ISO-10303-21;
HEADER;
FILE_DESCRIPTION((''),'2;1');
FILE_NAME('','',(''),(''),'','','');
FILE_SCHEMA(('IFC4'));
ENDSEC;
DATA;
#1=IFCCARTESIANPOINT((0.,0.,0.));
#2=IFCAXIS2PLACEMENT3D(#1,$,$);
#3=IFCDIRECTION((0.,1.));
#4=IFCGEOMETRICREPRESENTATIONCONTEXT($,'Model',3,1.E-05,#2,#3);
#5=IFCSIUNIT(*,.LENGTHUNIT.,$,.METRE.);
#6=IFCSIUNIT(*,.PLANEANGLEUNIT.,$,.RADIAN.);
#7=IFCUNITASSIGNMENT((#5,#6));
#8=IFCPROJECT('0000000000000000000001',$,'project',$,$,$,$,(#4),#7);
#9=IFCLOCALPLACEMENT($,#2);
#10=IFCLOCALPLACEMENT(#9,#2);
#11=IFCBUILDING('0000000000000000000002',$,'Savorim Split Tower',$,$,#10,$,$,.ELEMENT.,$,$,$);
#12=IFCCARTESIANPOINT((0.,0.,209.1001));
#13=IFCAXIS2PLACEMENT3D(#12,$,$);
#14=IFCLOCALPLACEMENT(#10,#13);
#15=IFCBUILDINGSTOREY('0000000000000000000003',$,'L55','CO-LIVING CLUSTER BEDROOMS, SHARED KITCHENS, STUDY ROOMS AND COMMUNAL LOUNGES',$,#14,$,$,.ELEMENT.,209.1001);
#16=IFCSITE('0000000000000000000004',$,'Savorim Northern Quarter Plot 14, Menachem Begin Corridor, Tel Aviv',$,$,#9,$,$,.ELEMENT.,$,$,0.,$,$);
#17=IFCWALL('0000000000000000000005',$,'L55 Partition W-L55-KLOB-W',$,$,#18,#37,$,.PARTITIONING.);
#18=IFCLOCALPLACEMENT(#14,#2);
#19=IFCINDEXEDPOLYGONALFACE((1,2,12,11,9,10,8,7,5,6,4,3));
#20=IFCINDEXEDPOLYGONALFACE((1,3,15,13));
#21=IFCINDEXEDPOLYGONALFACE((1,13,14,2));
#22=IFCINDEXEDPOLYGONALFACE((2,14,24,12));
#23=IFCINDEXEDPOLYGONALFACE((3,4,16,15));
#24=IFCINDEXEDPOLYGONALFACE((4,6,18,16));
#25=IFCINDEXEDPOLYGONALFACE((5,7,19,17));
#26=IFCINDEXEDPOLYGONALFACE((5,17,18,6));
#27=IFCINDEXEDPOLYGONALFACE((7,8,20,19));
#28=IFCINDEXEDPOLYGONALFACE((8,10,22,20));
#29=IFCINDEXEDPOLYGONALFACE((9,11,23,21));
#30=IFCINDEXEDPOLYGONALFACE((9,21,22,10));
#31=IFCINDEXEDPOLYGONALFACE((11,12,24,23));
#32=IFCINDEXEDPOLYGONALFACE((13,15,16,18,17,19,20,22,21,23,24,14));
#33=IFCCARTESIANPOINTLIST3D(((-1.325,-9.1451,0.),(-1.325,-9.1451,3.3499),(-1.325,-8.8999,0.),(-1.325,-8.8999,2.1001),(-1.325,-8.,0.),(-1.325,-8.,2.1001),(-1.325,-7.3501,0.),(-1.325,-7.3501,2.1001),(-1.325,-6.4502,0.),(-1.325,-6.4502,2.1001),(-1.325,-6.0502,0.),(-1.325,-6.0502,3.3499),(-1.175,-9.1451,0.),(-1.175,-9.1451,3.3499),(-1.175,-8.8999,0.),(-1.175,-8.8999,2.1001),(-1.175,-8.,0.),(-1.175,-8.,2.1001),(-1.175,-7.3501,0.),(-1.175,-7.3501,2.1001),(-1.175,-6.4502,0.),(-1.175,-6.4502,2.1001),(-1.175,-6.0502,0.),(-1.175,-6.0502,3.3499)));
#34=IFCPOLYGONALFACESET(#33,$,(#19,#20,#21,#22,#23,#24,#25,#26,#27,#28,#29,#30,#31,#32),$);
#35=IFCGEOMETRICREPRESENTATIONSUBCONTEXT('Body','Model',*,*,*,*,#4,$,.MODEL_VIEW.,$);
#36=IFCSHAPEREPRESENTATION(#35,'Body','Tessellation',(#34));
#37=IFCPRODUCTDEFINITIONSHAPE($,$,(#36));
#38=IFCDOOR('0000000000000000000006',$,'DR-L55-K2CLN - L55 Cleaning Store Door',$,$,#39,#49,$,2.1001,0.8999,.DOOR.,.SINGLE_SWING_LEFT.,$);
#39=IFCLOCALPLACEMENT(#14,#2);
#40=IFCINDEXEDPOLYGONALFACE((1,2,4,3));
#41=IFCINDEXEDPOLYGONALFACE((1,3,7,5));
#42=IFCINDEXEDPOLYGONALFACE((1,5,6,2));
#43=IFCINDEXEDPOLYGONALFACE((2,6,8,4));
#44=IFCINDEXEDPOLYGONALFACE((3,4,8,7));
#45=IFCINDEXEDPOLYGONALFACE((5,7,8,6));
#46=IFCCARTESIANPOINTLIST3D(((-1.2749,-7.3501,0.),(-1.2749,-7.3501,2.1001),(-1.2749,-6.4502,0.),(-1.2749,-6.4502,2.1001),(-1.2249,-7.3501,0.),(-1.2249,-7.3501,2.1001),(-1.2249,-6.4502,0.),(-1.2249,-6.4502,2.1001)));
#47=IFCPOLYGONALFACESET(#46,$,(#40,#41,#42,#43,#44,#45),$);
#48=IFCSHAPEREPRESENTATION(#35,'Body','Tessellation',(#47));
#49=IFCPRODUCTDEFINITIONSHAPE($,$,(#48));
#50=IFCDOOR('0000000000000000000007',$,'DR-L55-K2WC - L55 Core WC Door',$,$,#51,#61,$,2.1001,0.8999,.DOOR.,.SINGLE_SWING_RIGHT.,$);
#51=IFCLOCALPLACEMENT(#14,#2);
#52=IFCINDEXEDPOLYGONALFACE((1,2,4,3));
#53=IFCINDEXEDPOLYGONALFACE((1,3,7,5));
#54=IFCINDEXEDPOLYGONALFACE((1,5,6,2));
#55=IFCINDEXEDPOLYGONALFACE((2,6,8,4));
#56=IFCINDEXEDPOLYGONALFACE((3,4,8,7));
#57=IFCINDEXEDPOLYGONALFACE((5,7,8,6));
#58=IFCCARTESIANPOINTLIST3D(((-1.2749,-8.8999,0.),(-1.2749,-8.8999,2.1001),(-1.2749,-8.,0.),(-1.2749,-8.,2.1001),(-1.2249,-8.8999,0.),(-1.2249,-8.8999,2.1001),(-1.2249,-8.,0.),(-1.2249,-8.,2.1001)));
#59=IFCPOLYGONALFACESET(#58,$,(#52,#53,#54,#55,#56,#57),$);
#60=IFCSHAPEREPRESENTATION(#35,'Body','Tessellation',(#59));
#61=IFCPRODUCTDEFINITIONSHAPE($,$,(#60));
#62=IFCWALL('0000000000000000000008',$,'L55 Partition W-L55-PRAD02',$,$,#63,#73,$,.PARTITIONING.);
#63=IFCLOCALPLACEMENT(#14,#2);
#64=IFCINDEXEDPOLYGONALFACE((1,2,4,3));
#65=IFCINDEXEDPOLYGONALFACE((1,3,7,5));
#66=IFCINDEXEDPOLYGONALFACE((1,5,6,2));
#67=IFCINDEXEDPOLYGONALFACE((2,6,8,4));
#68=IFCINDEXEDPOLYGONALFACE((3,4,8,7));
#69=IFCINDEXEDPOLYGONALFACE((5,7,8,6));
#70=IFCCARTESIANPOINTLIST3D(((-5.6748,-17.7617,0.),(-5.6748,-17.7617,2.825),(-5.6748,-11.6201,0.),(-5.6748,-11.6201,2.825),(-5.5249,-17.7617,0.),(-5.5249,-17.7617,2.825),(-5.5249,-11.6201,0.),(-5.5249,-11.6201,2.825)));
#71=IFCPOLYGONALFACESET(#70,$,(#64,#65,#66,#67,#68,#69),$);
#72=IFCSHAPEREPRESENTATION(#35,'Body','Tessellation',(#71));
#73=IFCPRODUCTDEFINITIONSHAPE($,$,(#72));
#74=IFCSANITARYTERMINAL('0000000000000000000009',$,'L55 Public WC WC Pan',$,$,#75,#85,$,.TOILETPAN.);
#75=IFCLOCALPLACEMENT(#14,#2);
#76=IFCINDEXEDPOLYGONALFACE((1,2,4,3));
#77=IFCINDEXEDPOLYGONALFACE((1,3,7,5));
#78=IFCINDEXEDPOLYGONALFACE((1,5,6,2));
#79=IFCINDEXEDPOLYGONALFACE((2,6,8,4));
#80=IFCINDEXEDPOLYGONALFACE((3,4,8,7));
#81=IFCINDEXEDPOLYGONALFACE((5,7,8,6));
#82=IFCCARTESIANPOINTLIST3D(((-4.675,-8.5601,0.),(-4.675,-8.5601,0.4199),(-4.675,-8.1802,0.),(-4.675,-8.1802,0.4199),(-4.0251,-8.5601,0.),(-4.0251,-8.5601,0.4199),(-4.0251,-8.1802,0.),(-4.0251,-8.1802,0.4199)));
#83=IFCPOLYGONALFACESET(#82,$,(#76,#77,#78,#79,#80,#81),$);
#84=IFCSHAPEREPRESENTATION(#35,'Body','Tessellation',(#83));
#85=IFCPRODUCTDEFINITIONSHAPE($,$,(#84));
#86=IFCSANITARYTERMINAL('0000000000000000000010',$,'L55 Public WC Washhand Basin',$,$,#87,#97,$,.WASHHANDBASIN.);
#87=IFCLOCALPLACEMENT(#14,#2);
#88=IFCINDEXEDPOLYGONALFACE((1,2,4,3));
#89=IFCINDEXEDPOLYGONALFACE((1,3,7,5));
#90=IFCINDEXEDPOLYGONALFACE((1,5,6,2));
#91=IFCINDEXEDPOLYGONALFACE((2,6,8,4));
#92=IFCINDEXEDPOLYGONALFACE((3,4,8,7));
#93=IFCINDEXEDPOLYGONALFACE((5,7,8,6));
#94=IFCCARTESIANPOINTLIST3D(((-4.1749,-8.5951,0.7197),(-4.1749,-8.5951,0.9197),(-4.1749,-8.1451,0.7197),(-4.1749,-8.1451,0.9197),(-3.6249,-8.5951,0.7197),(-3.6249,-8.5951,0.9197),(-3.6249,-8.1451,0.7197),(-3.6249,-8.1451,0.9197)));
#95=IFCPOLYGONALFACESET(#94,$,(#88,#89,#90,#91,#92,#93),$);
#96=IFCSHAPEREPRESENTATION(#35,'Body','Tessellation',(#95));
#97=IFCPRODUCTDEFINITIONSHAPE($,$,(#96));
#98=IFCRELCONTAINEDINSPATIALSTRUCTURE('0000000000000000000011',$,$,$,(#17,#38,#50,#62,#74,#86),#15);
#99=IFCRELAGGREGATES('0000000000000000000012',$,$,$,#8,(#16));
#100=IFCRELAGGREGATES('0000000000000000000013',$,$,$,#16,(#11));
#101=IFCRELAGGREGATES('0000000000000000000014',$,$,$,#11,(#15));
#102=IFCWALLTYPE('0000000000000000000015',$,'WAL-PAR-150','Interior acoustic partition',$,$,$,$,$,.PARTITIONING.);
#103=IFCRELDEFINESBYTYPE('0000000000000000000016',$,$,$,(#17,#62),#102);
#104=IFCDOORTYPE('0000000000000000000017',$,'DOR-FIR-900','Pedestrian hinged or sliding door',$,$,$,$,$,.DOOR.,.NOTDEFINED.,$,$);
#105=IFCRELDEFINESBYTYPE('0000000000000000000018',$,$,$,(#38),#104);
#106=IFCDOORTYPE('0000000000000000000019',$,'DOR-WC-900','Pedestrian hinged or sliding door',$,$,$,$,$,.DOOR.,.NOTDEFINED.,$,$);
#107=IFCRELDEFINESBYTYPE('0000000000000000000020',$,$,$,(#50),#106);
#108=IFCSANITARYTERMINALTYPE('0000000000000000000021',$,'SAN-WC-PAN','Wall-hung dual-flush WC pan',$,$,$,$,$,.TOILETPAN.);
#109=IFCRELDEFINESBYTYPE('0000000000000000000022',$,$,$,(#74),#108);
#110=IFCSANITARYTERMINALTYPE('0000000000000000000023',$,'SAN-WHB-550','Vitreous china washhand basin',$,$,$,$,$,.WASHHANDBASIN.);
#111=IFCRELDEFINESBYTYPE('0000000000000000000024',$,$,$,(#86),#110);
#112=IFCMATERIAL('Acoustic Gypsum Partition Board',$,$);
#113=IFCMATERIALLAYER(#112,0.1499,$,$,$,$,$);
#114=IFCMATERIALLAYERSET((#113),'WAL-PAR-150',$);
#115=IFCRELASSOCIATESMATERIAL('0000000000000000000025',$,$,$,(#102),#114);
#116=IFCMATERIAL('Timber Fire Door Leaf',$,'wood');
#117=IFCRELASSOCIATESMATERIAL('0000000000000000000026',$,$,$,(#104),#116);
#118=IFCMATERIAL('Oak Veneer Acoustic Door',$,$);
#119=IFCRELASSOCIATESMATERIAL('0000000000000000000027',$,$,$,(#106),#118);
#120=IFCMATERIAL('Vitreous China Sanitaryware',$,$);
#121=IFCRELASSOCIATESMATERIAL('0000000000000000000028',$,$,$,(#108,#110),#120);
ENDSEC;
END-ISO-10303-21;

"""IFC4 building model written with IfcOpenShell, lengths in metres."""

from ifc_helpers import new_model, si_unit, direction, frame, frame_2d, origin, origin_2d, place, context, subcontext, project, spatial, rectangle, extrude, material, layer, layer_set, type_object, element, fill, save


model = new_model("IFC4")

# Units and contexts
model_context = context("Model", 3, precision=1e-05, world=origin(), true_north=direction((0.0, 1.0)))
body_context = subcontext(model_context, "Body", "Model", "MODEL_VIEW")
ifc_project = project(units=[si_unit("LENGTHUNIT", "METRE"), si_unit("PLANEANGLEUNIT", "RADIAN")], contexts=[model_context])

# Site, building, storey
site_placement = place(None, origin())
site = spatial("IfcSite", under=ifc_project, at=site_placement, Name="Savorim Northern Quarter Plot 14, Menachem Begin Corridor, Tel Aviv", CompositionType="ELEMENT", RefElevation=0.0)
building_placement = place(site_placement, origin())
building = spatial("IfcBuilding", under=site, at=building_placement, Name="Savorim Split Tower", CompositionType="ELEMENT")
storey_placement = place(building_placement, frame((0.0, 0.0, 209.1001)))
storey = spatial("IfcBuildingStorey", under=building, at=storey_placement, Name="L55", Description="CO-LIVING CLUSTER BEDROOMS, SHARED KITCHENS, STUDY ROOMS AND COMMUNAL LOUNGES", CompositionType="ELEMENT", Elevation=209.1001)

# Wall, openings, doors
ifc_material_1 = material(Name="Acoustic Gypsum Partition Board")
ifc_layer_1 = layer(ifc_material_1, 0.1499)
ifc_layer_set_1 = layer_set([ifc_layer_1], Name="WAL-PAR-150")
wall_type_1 = type_object("IfcWallType", Name="WAL-PAR-150", Description="Interior acoustic partition", PredefinedType="PARTITIONING", material=ifc_layer_set_1)
wall_1_placement = place(storey_placement, frame((-1.25, -9.145, 0.0), z_axis=(0.0, 0.0, 1.0), x_axis=(0.0, 1.0, 0.0)))
wall_1 = element("IfcWall", 1, at=wall_1_placement, inside=storey, type_object=wall_type_1, Name="L55 Partition W-L55-KLOB-W", PredefinedType="PARTITIONING", context=body_context, shape_type="SweptSolid", body=[
    extrude(rectangle(XDim=3.095, YDim=0.1499, at=frame_2d((1.5474, 0.0))), origin(), (0.0, 0.0, 1.0), 3.3499),
])
opening_1_placement = place(wall_1_placement, frame((1.7949, 0.0, 0.0)))
opening_1 = element("IfcOpeningElement", 2, at=opening_1_placement, cuts=wall_1, PredefinedType="OPENING", context=body_context, shape_type="SweptSolid", body=[
    extrude(rectangle(XDim=0.8999, YDim=2.1001, at=frame_2d((0.45, 1.05))), frame((0.0, 0.085, 0.0), z_axis=(0.0, -1.0, 0.0), x_axis=(1.0, 0.0, 0.0)), (0.0, 0.0, 1.0), 0.1699),
])
opening_2_placement = place(wall_1_placement, frame((0.2451, 0.0, 0.0)))
opening_2 = element("IfcOpeningElement", 3, at=opening_2_placement, cuts=wall_1, PredefinedType="OPENING", context=body_context, shape_type="SweptSolid", body=[
    extrude(rectangle(XDim=0.8999, YDim=2.1001, at=frame_2d((0.45, 1.05))), frame((0.0, 0.085, 0.0), z_axis=(0.0, -1.0, 0.0), x_axis=(1.0, 0.0, 0.0)), (0.0, 0.0, 1.0), 0.1699),
])
ifc_material_2 = material(Name="Timber Fire Door Leaf", Category="wood")
door_type_1 = type_object("IfcDoorType", Name="DOR-FIR-900", Description="Pedestrian hinged or sliding door", OperationType="NOTDEFINED", PredefinedType="DOOR", material=ifc_material_2)
door_1_placement = place(opening_1_placement, origin())
door_1 = element("IfcDoor", 4, at=door_1_placement, inside=storey, type_object=door_type_1, Name="DR-L55-K2CLN - L55 Cleaning Store Door", OperationType="SINGLE_SWING_LEFT", OverallHeight=2.1001, OverallWidth=0.8999, PredefinedType="DOOR", context=body_context, shape_type="SweptSolid", body=[
    extrude(rectangle(XDim=0.8999, YDim=2.1001, at=frame_2d((0.45, 1.05))), frame((0.0, 0.0249, 0.0), z_axis=(0.0, -1.0, 0.0), x_axis=(1.0, 0.0, 0.0)), (0.0, 0.0, 1.0), 0.05),
])
fill(opening_1, door_1)
ifc_material_3 = material(Name="Oak Veneer Acoustic Door")
door_type_2 = type_object("IfcDoorType", Name="DOR-WC-900", Description="Pedestrian hinged or sliding door", OperationType="NOTDEFINED", PredefinedType="DOOR", material=ifc_material_3)
door_2_placement = place(opening_2_placement, origin())
door_2 = element("IfcDoor", 5, at=door_2_placement, inside=storey, type_object=door_type_2, Name="DR-L55-K2WC - L55 Core WC Door", OperationType="SINGLE_SWING_RIGHT", OverallHeight=2.1001, OverallWidth=0.8999, PredefinedType="DOOR", context=body_context, shape_type="SweptSolid", body=[
    extrude(rectangle(XDim=0.8999, YDim=2.1001, at=frame_2d((0.45, 1.05))), frame((0.0, 0.0249, 0.0), z_axis=(0.0, -1.0, 0.0), x_axis=(1.0, 0.0, 0.0)), (0.0, 0.0, 1.0), 0.05),
])
fill(opening_2, door_2)

# Wall
wall_2_placement = place(storey_placement, frame((-5.5999, -11.6201, 0.0), z_axis=(0.0, 0.0, 1.0), x_axis=(0.0, -1.0, 0.0)))
element("IfcWall", 6, at=wall_2_placement, inside=storey, type_object=wall_type_1, Name="L55 Partition W-L55-PRAD02", PredefinedType="PARTITIONING", context=body_context, shape_type="SweptSolid", body=[
    extrude(rectangle(XDim=6.1416, YDim=0.1499, at=frame_2d((3.0708, 0.0))), origin(), (0.0, 0.0, 1.0), 2.825),
])

# Sanitary terminals
ifc_material_4 = material(Name="Vitreous China Sanitaryware")
sanitary_terminal_type_1 = type_object("IfcSanitaryTerminalType", Name="SAN-WC-PAN", Description="Wall-hung dual-flush WC pan", PredefinedType="TOILETPAN", material=ifc_material_4)
sanitary_terminal_1_placement = place(storey_placement, frame((-4.3501, -8.3701, 0.0), z_axis=(0.0, 0.0, 1.0), x_axis=(1.0, 0.0, 0.0)))
element("IfcSanitaryTerminal", 7, at=sanitary_terminal_1_placement, inside=storey, type_object=sanitary_terminal_type_1, Name="L55 Public WC WC Pan", PredefinedType="TOILETPAN", context=body_context, shape_type="SweptSolid", body=[
    extrude(rectangle(XDim=0.6499, YDim=0.3799, at=origin_2d()), origin(), (0.0, 0.0, 1.0), 0.4199),
])
sanitary_terminal_type_2 = type_object("IfcSanitaryTerminalType", Name="SAN-WHB-550", Description="Vitreous china washhand basin", PredefinedType="WASHHANDBASIN", material=ifc_material_4)
sanitary_terminal_2_placement = place(storey_placement, frame((-3.8999, -8.3701, 0.7197), z_axis=(0.0, 0.0, 1.0), x_axis=(1.0, 0.0, 0.0)))
element("IfcSanitaryTerminal", 8, at=sanitary_terminal_2_placement, inside=storey, type_object=sanitary_terminal_type_2, Name="L55 Public WC Washhand Basin", PredefinedType="WASHHANDBASIN", context=body_context, shape_type="SweptSolid", body=[
    extrude(rectangle(XDim=0.55, YDim=0.45, at=origin_2d()), origin(), (0.0, 0.0, 1.0), 0.2),
])

save(model, "model.ifc")
